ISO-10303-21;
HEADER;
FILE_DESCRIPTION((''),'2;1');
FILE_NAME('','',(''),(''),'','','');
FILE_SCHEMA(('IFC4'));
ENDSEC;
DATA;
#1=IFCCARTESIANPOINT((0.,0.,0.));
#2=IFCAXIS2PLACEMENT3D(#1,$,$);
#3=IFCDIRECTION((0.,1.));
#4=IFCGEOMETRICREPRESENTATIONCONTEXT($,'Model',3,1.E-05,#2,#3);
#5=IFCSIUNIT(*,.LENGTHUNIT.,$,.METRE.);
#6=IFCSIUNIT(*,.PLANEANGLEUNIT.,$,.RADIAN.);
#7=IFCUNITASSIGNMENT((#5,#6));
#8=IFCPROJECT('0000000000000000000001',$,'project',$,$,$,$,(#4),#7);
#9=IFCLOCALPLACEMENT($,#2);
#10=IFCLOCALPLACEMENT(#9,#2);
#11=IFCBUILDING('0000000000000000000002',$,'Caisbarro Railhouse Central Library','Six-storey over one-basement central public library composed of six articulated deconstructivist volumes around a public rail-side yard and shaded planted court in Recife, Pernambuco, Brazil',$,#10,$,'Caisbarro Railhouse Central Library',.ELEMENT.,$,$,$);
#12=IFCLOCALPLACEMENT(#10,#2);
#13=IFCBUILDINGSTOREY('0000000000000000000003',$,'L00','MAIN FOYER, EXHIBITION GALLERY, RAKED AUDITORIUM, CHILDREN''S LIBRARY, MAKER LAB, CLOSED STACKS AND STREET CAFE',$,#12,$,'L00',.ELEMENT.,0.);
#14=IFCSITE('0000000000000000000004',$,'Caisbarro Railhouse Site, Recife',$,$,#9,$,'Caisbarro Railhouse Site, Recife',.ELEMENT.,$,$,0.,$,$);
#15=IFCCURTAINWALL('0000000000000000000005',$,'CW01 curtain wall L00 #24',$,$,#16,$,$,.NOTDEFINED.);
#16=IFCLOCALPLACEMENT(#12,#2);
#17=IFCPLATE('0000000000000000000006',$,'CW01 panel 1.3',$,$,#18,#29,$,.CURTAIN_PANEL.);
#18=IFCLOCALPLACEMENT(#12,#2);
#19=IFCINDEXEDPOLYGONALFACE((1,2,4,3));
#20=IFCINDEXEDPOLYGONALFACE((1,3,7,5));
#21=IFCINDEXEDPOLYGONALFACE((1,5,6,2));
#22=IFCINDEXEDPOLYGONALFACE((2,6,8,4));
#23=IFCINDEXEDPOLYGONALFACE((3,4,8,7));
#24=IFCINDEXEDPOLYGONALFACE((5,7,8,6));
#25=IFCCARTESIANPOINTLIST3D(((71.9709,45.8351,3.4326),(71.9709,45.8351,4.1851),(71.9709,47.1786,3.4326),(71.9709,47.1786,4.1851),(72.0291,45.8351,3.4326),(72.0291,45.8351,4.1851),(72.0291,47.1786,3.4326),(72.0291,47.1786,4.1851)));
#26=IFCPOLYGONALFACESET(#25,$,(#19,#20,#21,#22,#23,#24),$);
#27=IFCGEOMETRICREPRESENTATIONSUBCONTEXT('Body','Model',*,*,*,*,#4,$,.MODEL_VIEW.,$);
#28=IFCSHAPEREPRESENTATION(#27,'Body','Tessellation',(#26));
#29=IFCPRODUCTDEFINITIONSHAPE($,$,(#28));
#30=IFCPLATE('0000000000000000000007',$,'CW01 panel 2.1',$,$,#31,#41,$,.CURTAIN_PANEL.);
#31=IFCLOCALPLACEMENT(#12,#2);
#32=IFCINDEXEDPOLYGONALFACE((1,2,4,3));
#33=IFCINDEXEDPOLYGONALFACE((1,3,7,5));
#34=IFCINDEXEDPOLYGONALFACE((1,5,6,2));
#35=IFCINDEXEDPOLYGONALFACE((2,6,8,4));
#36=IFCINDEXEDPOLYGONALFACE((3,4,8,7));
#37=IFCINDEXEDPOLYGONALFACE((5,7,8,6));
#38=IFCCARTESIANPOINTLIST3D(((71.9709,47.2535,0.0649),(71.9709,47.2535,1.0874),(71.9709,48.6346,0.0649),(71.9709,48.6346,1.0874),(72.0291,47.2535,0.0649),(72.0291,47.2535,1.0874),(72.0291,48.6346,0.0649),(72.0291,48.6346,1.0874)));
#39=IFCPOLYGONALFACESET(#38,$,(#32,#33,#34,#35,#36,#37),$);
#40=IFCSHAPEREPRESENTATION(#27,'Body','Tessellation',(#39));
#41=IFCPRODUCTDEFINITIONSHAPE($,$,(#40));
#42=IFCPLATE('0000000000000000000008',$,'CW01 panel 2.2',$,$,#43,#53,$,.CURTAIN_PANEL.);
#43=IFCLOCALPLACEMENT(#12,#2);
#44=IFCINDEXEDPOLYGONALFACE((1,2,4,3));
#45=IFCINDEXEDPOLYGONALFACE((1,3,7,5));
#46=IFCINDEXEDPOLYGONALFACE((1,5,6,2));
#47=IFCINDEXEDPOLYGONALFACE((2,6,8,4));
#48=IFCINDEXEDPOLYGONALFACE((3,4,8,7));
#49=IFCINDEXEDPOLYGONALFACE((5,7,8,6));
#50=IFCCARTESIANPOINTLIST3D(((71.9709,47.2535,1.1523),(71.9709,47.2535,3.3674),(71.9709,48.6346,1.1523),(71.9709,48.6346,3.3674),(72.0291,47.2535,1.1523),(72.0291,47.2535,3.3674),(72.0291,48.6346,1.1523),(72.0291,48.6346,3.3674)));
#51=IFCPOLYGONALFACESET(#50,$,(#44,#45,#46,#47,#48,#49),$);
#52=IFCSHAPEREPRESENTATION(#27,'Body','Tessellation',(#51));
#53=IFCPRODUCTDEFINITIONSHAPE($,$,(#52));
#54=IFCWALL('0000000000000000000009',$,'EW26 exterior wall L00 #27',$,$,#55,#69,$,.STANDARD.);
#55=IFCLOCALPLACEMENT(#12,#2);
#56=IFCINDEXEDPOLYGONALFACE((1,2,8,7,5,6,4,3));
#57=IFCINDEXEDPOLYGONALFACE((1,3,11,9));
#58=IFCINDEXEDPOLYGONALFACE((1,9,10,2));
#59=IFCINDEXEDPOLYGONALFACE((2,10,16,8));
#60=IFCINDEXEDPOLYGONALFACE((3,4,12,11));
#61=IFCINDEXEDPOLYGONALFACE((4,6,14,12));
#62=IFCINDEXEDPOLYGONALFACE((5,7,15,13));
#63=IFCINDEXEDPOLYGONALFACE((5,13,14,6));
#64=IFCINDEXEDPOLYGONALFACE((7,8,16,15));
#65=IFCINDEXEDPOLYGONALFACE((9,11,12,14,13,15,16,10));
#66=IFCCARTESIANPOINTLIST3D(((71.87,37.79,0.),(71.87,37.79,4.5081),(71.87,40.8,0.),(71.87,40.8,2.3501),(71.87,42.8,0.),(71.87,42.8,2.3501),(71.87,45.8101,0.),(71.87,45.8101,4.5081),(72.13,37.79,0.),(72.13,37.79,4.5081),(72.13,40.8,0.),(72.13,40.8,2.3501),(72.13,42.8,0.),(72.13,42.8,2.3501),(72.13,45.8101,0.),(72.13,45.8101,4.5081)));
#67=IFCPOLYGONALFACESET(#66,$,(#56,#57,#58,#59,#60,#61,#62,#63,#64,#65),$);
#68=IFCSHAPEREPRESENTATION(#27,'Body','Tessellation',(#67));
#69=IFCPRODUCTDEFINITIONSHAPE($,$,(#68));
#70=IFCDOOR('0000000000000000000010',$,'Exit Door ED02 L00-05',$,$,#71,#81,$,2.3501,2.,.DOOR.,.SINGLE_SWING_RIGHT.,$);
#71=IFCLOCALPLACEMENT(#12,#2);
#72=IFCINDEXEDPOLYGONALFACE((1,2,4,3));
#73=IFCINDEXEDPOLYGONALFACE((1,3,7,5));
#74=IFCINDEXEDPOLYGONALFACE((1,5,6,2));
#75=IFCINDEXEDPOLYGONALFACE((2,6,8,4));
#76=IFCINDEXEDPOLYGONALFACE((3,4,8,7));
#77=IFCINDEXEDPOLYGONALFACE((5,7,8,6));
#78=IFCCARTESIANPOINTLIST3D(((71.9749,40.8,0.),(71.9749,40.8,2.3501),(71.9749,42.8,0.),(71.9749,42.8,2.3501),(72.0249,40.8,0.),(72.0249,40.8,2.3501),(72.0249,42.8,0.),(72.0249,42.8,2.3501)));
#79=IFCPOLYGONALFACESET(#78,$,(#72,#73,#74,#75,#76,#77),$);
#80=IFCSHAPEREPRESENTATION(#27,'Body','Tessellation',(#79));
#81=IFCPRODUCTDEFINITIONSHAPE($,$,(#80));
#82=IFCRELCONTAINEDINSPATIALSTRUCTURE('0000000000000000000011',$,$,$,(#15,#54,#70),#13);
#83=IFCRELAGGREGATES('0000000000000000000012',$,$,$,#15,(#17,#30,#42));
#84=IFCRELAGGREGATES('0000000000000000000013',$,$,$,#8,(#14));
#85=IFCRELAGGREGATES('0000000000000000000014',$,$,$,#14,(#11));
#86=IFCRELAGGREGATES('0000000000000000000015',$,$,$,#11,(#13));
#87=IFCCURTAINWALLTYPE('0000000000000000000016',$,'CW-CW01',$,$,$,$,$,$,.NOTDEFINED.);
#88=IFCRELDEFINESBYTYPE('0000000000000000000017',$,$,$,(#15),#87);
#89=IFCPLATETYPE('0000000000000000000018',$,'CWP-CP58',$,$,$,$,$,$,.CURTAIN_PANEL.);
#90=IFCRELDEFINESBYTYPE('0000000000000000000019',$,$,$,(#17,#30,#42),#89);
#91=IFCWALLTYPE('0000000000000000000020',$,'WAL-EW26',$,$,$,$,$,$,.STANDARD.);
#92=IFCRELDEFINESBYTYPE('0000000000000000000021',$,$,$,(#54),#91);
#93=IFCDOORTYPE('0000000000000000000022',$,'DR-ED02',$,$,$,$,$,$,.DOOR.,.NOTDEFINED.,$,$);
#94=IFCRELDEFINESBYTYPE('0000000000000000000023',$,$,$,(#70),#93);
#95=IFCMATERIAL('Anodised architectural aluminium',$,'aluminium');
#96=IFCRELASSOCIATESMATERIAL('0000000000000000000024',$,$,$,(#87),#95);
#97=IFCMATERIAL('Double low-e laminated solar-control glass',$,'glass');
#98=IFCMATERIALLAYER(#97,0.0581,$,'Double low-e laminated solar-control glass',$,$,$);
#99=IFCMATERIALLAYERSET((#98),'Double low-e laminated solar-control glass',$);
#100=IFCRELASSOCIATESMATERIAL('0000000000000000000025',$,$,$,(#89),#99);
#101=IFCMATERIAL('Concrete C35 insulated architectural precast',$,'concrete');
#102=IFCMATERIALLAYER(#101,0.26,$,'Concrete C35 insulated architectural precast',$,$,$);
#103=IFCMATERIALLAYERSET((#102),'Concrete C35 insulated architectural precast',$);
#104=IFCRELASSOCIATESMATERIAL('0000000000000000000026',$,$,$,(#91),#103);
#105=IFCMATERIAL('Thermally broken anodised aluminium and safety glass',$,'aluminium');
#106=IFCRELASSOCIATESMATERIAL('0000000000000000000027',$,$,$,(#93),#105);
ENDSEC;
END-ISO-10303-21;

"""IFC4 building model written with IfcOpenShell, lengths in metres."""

from ifc_helpers import new_model, si_unit, direction, frame, frame_2d, origin, origin_2d, place, context, subcontext, project, spatial, rectangle, extrude, material, layer, layer_set, type_object, element, fill, aggregate, save


model = new_model("IFC4")

# Units and contexts
model_context = context("Model", 3, precision=1e-05, world=origin(), true_north=direction((0.0, 1.0)))
body_context = subcontext(model_context, "Body", "Model", "MODEL_VIEW")
ifc_project = project(units=[si_unit("LENGTHUNIT", "METRE"), si_unit("PLANEANGLEUNIT", "RADIAN")], contexts=[model_context])

# Site, building, storey
site_placement = place(None, origin())
site = spatial("IfcSite", under=ifc_project, at=site_placement, Name="Caisbarro Railhouse Site, Recife", LongName="Caisbarro Railhouse Site, Recife", CompositionType="ELEMENT", RefElevation=0.0)
building_placement = place(site_placement, origin())
building = spatial("IfcBuilding", under=site, at=building_placement, Name="Caisbarro Railhouse Central Library", Description="Six-storey over one-basement central public library composed of six articulated deconstructivist volumes around a public rail-side yard and shaded planted court in Recife, Pernambuco, Brazil", LongName="Caisbarro Railhouse Central Library", CompositionType="ELEMENT")
storey_placement = place(building_placement, origin())
storey = spatial("IfcBuildingStorey", under=building, at=storey_placement, Name="L00", Description="MAIN FOYER, EXHIBITION GALLERY, RAKED AUDITORIUM, CHILDREN'S LIBRARY, MAKER LAB, CLOSED STACKS AND STREET CAFE", LongName="L00", CompositionType="ELEMENT", Elevation=0.0)

# Curtain wall
ifc_material_1 = material(Name="Anodised architectural aluminium", Category="aluminium")
curtain_wall_type = type_object("IfcCurtainWallType", Name="CW-CW01", PredefinedType="NOTDEFINED", material=ifc_material_1)
curtain_wall_1_placement = place(storey_placement, origin())
curtain_wall_1 = element("IfcCurtainWall", 1, at=curtain_wall_1_placement, inside=storey, type_object=curtain_wall_type, Name="CW01 curtain wall L00 #24", PredefinedType="NOTDEFINED")

# Plates
ifc_material_2 = material(Name="Double low-e laminated solar-control glass", Category="glass")
ifc_layer_1 = layer(ifc_material_2, 0.0581, Name="Double low-e laminated solar-control glass")
ifc_layer_set_1 = layer_set([ifc_layer_1], Name="Double low-e laminated solar-control glass")
plate_type_1 = type_object("IfcPlateType", Name="CWP-CP58", PredefinedType="CURTAIN_PANEL", material=ifc_layer_set_1)
plate_1_placement = place(storey_placement, frame((72.0, 46.5068, 3.4326), z_axis=(0.0, 0.0, 1.0), x_axis=(0.0, 1.0, 0.0)))
plate_1 = element("IfcPlate", 2, at=plate_1_placement, type_object=plate_type_1, Name="CW01 panel 1.3", PredefinedType="CURTAIN_PANEL", context=body_context, shape_type="SweptSolid", body=[
    extrude(rectangle(XDim=1.3435, YDim=0.0581, at=origin_2d()), origin(), (0.0, 0.0, 1.0), 0.7524),
])
plate_2_placement = place(storey_placement, frame((72.0, 47.9441, 0.0649), z_axis=(0.0, 0.0, 1.0), x_axis=(0.0, 1.0, 0.0)))
plate_2 = element("IfcPlate", 3, at=plate_2_placement, type_object=plate_type_1, Name="CW01 panel 2.1", PredefinedType="CURTAIN_PANEL", context=body_context, shape_type="SweptSolid", body=[
    extrude(rectangle(XDim=1.3811, YDim=0.0581, at=origin_2d()), origin(), (0.0, 0.0, 1.0), 1.0225),
])
plate_3_placement = place(storey_placement, frame((72.0, 47.9441, 1.1523), z_axis=(0.0, 0.0, 1.0), x_axis=(0.0, 1.0, 0.0)))
plate_3 = element("IfcPlate", 4, at=plate_3_placement, type_object=plate_type_1, Name="CW01 panel 2.2", PredefinedType="CURTAIN_PANEL", context=body_context, shape_type="SweptSolid", body=[
    extrude(rectangle(XDim=1.3811, YDim=0.0581, at=origin_2d()), origin(), (0.0, 0.0, 1.0), 2.2151),
])
aggregate(curtain_wall_1, [plate_1, plate_2, plate_3])

# Wall, opening, door
ifc_material_3 = material(Name="Concrete C35 insulated architectural precast", Category="concrete")
ifc_layer_2 = layer(ifc_material_3, 0.26, Name="Concrete C35 insulated architectural precast")
ifc_layer_set_2 = layer_set([ifc_layer_2], Name="Concrete C35 insulated architectural precast")
wall_type = type_object("IfcWallType", Name="WAL-EW26", PredefinedType="STANDARD", material=ifc_layer_set_2)
wall_placement = place(storey_placement, frame((72.0, 37.79, 0.0), z_axis=(0.0, 0.0, 1.0), x_axis=(0.0, 1.0, 0.0)))
wall = element("IfcWall", 5, at=wall_placement, inside=storey, type_object=wall_type, Name="EW26 exterior wall L00 #27", PredefinedType="STANDARD", context=body_context, shape_type="SweptSolid", body=[
    extrude(rectangle(XDim=8.02, YDim=0.26, at=frame_2d((4.01, 0.0))), origin(), (0.0, 0.0, 1.0), 4.5081),
])
opening_placement = place(wall_placement, frame((3.01, 0.0, 0.0)))
opening = element("IfcOpeningElement", 6, at=opening_placement, cuts=wall, PredefinedType="OPENING", context=body_context, shape_type="SweptSolid", body=[
    extrude(rectangle(XDim=2.0, YDim=2.3501, at=frame_2d((1.0, 1.175))), frame((0.0, 0.1401, 0.0), z_axis=(0.0, -1.0, 0.0), x_axis=(1.0, 0.0, 0.0)), (0.0, 0.0, 1.0), 0.28),
])
ifc_material_4 = material(Name="Thermally broken anodised aluminium and safety glass", Category="aluminium")
door_type = type_object("IfcDoorType", Name="DR-ED02", OperationType="NOTDEFINED", PredefinedType="DOOR", material=ifc_material_4)
door_placement = place(opening_placement, frame((2.0, 0.0, 0.0), z_axis=(0.0, 0.0, 1.0), x_axis=(-1.0, 0.0, 0.0)))
door = element("IfcDoor", 7, at=door_placement, inside=storey, type_object=door_type, Name="Exit Door ED02 L00-05", OperationType="SINGLE_SWING_RIGHT", OverallHeight=2.3501, OverallWidth=2.0, PredefinedType="DOOR", context=body_context, shape_type="SweptSolid", body=[
    extrude(rectangle(XDim=2.0, YDim=2.3501, at=frame_2d((1.0, 1.175))), frame((0.0, 0.0249, 0.0), z_axis=(0.0, -1.0, 0.0), x_axis=(1.0, 0.0, 0.0)), (0.0, 0.0, 1.0), 0.05),
])
fill(opening, door)

save(model, "model.ifc")
